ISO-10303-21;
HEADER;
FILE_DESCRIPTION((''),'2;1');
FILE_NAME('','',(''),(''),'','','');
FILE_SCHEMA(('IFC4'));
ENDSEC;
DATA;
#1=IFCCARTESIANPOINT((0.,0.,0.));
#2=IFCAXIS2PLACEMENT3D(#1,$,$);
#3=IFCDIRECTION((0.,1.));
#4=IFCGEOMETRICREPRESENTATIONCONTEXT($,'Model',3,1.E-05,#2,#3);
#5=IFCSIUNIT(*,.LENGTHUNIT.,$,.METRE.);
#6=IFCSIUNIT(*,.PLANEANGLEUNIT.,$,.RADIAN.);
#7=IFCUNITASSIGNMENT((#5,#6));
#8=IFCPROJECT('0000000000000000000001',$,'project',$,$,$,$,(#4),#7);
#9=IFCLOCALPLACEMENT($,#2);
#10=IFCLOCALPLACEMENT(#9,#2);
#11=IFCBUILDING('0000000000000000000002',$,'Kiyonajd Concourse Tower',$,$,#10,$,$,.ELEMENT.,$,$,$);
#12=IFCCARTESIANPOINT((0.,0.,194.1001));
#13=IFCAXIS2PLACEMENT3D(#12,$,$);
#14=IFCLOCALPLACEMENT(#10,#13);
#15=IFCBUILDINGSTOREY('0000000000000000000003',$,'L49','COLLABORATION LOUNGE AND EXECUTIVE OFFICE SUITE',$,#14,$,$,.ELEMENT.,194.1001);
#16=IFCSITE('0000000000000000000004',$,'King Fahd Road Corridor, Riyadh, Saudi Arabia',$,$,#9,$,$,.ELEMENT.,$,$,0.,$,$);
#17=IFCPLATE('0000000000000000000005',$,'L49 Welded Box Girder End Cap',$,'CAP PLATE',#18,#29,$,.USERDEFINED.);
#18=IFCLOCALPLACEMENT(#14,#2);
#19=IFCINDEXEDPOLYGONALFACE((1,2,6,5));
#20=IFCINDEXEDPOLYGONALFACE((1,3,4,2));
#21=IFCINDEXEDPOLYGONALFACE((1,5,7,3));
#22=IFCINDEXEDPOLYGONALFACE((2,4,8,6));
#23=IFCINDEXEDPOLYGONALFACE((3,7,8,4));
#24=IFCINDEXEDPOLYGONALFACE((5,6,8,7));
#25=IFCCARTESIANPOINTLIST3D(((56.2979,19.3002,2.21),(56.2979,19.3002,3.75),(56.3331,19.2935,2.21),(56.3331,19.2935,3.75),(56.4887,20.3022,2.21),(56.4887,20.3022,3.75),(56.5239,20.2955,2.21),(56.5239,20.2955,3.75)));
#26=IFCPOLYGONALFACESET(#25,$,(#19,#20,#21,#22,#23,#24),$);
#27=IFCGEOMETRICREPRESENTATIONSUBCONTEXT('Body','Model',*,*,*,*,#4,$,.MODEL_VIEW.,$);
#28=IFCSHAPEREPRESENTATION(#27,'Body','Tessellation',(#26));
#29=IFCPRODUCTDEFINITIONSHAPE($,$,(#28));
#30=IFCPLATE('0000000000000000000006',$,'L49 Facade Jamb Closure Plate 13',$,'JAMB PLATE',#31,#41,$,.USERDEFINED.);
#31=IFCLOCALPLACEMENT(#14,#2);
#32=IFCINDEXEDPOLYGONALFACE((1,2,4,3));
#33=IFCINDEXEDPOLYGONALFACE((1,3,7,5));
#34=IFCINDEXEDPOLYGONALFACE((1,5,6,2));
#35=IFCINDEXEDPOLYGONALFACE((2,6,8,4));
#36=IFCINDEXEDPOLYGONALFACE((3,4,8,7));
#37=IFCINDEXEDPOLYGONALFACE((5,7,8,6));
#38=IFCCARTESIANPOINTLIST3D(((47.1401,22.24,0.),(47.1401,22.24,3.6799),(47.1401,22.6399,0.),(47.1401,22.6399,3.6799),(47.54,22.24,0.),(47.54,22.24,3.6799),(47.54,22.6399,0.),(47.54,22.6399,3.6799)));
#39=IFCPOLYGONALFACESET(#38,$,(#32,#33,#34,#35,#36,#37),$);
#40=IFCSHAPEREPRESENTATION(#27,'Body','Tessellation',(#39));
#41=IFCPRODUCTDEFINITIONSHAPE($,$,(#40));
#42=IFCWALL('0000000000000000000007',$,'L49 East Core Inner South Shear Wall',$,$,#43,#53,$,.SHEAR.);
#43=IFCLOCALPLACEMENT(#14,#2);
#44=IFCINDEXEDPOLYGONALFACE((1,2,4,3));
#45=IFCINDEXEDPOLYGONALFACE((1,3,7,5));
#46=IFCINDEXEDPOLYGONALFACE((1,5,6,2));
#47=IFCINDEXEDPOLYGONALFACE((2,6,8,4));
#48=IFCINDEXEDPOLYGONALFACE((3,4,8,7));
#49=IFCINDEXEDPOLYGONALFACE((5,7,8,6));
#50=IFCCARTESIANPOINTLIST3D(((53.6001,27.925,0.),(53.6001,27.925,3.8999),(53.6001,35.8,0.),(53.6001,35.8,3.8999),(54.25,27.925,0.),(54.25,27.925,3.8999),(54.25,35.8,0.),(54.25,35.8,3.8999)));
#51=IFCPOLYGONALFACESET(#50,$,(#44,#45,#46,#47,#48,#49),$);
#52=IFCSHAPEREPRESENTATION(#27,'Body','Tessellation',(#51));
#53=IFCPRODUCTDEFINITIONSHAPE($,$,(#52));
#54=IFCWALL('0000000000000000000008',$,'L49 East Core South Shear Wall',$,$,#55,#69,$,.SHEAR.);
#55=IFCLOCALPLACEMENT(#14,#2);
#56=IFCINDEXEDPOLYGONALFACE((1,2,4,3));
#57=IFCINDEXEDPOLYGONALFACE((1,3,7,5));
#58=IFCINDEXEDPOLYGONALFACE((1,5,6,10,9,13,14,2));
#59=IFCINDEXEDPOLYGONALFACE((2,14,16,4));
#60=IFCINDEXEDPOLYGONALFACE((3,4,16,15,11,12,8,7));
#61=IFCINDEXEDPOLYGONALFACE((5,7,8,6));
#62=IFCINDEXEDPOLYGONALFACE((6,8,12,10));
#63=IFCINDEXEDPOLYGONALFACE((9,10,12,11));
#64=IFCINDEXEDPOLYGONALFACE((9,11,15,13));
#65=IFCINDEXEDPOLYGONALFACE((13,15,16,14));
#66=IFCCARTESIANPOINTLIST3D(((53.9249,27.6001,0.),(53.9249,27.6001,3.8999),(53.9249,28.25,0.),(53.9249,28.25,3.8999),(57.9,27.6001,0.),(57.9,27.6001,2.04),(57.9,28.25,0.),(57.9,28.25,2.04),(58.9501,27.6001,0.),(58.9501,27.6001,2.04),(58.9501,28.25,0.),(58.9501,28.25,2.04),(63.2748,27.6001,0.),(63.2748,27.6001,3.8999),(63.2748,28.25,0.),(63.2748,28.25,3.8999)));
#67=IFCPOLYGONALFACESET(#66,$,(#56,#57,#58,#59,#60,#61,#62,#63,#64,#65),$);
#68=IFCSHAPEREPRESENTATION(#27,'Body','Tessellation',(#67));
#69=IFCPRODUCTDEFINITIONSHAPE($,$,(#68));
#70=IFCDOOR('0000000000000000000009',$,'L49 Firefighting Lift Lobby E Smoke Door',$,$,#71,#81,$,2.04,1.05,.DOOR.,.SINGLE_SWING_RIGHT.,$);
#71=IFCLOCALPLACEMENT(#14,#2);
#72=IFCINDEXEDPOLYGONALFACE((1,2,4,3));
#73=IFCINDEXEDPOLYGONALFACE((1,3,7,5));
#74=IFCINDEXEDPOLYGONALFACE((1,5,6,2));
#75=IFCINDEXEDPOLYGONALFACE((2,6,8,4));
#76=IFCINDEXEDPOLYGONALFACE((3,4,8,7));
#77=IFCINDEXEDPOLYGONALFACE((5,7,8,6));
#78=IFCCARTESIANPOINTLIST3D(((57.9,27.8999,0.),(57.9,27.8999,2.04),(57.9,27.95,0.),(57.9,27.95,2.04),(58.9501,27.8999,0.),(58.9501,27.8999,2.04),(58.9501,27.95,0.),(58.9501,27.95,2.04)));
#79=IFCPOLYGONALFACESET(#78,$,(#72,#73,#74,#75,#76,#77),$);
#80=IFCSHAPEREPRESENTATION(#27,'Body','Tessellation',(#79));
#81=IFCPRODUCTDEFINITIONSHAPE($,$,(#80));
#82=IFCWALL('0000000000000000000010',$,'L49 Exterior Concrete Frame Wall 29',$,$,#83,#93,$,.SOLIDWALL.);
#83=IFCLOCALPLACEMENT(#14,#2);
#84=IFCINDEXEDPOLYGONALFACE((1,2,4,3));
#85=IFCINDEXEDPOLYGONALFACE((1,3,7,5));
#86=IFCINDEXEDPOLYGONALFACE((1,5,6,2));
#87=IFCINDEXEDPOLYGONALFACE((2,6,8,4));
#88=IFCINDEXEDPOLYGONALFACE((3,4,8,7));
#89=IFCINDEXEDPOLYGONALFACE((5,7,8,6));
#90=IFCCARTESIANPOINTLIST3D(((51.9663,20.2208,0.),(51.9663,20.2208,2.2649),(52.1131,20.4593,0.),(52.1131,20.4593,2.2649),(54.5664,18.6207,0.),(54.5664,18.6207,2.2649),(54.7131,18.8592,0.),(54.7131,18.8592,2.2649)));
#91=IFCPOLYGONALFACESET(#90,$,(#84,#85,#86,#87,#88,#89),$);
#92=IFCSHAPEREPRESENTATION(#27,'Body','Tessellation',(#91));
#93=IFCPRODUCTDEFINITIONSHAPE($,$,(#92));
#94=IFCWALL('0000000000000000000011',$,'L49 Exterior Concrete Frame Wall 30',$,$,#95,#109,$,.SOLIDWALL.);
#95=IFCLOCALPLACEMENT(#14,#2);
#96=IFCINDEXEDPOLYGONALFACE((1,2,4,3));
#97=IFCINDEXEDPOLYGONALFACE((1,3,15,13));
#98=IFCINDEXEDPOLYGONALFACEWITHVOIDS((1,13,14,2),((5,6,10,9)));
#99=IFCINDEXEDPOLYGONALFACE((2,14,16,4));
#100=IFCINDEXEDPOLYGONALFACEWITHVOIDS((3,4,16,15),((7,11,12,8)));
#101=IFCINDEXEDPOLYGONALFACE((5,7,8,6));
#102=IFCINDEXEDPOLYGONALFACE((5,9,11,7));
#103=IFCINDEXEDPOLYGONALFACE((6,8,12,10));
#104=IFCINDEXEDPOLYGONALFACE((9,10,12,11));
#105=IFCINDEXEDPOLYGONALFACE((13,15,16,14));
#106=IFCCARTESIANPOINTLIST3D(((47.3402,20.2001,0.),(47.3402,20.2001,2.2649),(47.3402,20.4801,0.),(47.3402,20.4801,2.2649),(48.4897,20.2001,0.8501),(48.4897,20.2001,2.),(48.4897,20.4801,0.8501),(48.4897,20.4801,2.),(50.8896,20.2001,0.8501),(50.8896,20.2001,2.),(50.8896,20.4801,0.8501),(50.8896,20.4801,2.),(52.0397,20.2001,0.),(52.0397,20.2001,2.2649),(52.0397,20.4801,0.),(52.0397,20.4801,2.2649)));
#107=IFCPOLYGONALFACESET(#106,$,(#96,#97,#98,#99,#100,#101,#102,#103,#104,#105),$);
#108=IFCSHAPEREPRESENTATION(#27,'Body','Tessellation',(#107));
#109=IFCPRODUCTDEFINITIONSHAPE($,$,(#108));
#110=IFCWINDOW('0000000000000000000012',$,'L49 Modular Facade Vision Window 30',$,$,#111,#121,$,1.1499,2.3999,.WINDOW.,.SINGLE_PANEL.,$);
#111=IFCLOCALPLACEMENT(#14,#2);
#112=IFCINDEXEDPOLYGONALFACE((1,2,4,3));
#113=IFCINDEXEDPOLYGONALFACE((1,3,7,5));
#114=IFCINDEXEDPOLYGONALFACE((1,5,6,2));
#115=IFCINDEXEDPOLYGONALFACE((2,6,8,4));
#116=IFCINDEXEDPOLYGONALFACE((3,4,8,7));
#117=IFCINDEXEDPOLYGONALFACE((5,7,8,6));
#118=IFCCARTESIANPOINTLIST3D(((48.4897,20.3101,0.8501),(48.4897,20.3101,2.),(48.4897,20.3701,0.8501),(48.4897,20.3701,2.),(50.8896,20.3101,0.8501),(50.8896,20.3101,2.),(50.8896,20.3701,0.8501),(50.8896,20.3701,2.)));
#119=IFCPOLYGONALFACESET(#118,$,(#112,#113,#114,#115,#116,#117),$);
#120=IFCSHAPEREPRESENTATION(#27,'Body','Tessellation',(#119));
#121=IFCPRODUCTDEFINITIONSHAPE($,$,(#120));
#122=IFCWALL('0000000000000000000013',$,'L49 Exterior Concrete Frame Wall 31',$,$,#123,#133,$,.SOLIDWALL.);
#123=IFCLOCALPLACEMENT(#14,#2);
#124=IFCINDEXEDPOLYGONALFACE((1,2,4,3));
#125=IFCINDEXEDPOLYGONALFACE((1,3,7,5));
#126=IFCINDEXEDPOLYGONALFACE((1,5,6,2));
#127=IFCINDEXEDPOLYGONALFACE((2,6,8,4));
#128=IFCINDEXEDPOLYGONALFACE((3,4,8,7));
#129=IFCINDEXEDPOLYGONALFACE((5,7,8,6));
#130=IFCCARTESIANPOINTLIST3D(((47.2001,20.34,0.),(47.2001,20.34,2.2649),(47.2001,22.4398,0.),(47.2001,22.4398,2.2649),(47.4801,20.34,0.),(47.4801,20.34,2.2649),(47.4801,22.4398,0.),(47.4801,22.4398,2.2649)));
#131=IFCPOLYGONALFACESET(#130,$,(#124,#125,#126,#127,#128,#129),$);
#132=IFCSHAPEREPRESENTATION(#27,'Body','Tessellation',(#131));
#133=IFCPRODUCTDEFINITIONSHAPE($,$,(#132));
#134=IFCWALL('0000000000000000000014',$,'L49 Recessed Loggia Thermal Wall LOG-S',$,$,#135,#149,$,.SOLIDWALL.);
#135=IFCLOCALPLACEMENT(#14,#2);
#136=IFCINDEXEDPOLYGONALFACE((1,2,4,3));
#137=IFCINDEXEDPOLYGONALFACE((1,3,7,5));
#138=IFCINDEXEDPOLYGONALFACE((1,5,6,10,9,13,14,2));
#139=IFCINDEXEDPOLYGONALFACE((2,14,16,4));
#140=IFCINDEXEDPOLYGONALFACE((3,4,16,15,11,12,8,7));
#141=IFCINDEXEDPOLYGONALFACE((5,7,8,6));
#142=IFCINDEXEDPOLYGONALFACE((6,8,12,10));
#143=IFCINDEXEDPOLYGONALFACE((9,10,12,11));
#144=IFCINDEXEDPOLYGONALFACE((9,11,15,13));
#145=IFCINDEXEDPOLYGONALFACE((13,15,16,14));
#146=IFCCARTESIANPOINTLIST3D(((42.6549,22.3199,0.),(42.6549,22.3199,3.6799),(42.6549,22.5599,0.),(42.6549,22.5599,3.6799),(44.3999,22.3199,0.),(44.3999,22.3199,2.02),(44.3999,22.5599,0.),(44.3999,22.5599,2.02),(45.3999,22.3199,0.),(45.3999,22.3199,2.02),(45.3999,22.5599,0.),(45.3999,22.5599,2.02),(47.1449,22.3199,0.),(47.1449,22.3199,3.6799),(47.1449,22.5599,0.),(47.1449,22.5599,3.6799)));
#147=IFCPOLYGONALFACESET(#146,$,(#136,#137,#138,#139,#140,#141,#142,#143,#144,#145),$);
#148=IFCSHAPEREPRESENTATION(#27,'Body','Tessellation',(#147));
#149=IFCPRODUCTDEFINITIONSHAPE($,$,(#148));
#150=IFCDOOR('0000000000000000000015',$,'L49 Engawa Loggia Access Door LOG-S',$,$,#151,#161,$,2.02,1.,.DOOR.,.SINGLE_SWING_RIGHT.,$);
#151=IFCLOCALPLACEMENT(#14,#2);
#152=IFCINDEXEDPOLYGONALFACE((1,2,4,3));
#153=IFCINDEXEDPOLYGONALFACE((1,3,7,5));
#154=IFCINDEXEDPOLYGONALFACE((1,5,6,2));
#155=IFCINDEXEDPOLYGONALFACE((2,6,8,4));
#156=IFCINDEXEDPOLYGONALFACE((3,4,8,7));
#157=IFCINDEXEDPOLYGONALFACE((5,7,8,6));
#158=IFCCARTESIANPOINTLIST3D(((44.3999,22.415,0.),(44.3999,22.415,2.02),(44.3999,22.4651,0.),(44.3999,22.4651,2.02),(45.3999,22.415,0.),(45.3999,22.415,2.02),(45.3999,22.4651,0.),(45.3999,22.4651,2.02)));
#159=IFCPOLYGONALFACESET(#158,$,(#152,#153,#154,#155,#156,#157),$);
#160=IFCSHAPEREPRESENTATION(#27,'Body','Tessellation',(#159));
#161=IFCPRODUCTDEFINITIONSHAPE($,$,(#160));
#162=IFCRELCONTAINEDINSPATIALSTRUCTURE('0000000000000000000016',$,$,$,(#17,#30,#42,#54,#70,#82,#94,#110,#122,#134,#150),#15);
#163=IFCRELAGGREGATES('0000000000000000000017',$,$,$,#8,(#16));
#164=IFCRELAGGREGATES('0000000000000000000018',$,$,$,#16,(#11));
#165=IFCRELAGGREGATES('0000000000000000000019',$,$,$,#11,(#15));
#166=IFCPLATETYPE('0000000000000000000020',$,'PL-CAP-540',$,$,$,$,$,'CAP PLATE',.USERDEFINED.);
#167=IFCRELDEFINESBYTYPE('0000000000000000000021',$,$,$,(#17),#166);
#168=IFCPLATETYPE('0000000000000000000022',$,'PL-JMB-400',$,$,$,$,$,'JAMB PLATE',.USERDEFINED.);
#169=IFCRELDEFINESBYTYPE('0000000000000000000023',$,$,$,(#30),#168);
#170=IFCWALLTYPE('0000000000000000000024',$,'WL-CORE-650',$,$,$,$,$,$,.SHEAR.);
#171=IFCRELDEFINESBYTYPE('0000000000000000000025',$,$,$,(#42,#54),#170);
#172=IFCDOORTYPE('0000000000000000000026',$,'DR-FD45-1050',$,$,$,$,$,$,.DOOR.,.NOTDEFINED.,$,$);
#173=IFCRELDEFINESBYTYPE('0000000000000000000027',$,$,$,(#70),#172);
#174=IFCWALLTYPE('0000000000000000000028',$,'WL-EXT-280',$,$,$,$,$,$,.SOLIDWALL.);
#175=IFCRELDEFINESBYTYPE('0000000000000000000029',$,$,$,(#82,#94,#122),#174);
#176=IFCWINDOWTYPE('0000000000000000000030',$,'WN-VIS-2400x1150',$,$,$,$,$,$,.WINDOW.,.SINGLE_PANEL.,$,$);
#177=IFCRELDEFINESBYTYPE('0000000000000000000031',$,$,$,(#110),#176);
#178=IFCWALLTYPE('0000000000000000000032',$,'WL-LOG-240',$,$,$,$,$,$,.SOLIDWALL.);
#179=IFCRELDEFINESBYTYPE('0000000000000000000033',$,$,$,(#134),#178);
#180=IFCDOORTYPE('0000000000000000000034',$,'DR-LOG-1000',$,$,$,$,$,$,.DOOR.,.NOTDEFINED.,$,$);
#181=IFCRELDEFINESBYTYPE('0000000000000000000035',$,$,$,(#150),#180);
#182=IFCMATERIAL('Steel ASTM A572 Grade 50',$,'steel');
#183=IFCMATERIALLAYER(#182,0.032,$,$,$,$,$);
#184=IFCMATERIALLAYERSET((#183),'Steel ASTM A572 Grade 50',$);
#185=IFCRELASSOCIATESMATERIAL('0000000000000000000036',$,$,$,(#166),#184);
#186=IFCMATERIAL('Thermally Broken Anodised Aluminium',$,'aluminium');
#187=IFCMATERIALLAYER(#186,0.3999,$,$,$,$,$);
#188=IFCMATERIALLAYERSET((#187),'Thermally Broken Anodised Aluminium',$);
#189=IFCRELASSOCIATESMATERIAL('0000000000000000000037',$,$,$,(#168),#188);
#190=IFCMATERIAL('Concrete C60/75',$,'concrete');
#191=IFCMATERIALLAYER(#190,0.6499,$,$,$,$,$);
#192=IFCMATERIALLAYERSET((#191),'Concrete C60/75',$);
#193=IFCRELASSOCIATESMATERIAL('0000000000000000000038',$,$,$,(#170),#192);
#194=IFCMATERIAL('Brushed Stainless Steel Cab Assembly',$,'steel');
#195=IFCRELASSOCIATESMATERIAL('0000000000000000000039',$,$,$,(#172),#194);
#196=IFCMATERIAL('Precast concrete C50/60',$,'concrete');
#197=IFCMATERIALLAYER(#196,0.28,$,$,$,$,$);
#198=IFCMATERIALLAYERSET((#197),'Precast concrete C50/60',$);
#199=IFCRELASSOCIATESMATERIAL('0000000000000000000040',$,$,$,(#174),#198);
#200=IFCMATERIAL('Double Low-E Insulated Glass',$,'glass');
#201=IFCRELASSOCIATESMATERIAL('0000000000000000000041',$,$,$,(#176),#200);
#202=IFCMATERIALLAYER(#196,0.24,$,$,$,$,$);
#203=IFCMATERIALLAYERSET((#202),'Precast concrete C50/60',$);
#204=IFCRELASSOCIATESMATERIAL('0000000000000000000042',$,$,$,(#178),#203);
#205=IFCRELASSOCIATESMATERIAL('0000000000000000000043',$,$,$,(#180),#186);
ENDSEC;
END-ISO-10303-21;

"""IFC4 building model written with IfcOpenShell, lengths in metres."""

from ifc_helpers import new_model, si_unit, direction, frame, frame_2d, origin, origin_2d, place, context, subcontext, project, spatial, rectangle, extrude, material, layer, layer_set, type_object, element, fill, save


model = new_model("IFC4")

# Units and contexts
model_context = context("Model", 3, precision=1e-05, world=origin(), true_north=direction((0.0, 1.0)))
body_context = subcontext(model_context, "Body", "Model", "MODEL_VIEW")
ifc_project = project(units=[si_unit("LENGTHUNIT", "METRE"), si_unit("PLANEANGLEUNIT", "RADIAN")], contexts=[model_context])

# Site, building, storey
site_placement = place(None, origin())
site = spatial("IfcSite", under=ifc_project, at=site_placement, Name="King Fahd Road Corridor, Riyadh, Saudi Arabia", CompositionType="ELEMENT", RefElevation=0.0)
building_placement = place(site_placement, origin())
building = spatial("IfcBuilding", under=site, at=building_placement, Name="Kiyonajd Concourse Tower", CompositionType="ELEMENT")
storey_placement = place(building_placement, frame((0.0, 0.0, 194.1001)))
storey = spatial("IfcBuildingStorey", under=building, at=storey_placement, Name="L49", Description="COLLABORATION LOUNGE AND EXECUTIVE OFFICE SUITE", CompositionType="ELEMENT", Elevation=194.1001)

# Shared definitions
ifc_material_1 = material(Name="Steel ASTM A572 Grade 50", Category="steel")

# Plates
ifc_layer_1 = layer(ifc_material_1, 0.032)
ifc_layer_set_1 = layer_set([ifc_layer_1], Name="Steel ASTM A572 Grade 50")
plate_type_1 = type_object("IfcPlateType", Name="PL-CAP-540", ElementType="CAP PLATE", PredefinedType="USERDEFINED", material=ifc_layer_set_1)
for number, where, z_axis, x_axis, name in (
    (1, (56.4109, 19.7979, 2.21), (0.0, 0.0, 1.0), (0.982353, -0.187038, 0.0), "L49 Welded Box Girder End Cap"),
):
    element("IfcPlate", number, at=place(storey_placement, frame(where, z_axis=z_axis, x_axis=x_axis)), inside=storey, type_object=plate_type_1, Name=name, ObjectType="CAP PLATE", PredefinedType="USERDEFINED", context=body_context, shape_type="SweptSolid", body=[
        extrude(rectangle(XDim=0.0359, YDim=1.02, at=origin_2d()), origin(), (0.0, 0.0, 1.0), 1.54),
    ])
ifc_material_2 = material(Name="Thermally Broken Anodised Aluminium", Category="aluminium")
ifc_layer_2 = layer(ifc_material_2, 0.3999)
ifc_layer_set_2 = layer_set([ifc_layer_2], Name="Thermally Broken Anodised Aluminium")
plate_type_2 = type_object("IfcPlateType", Name="PL-JMB-400", ElementType="JAMB PLATE", PredefinedType="USERDEFINED", material=ifc_layer_set_2)
plate_placement = place(storey_placement, frame((47.3401, 22.4399, 0.0), z_axis=(0.0, 0.0, 1.0), x_axis=(1.0, 0.0, 0.0)))
element("IfcPlate", 2, at=plate_placement, inside=storey, type_object=plate_type_2, Name="L49 Facade Jamb Closure Plate 13", ObjectType="JAMB PLATE", PredefinedType="USERDEFINED", context=body_context, shape_type="SweptSolid", body=[
    extrude(rectangle(XDim=0.3999, YDim=0.3999, at=origin_2d()), origin(), (0.0, 0.0, 1.0), 3.6799),
])

# Wall
ifc_material_3 = material(Name="Concrete C60/75", Category="concrete")
ifc_layer_3 = layer(ifc_material_3, 0.6499)
ifc_layer_set_3 = layer_set([ifc_layer_3], Name="Concrete C60/75")
wall_type_1 = type_object("IfcWallType", Name="WL-CORE-650", PredefinedType="SHEAR", material=ifc_layer_set_3)
wall_1_placement = place(storey_placement, frame((53.925, 27.925, 0.0), z_axis=(0.0, 0.0, 1.0), x_axis=(0.0, 1.0, 0.0)))
element("IfcWall", 3, at=wall_1_placement, inside=storey, type_object=wall_type_1, Name="L49 East Core Inner South Shear Wall", PredefinedType="SHEAR", context=body_context, shape_type="SweptSolid", body=[
    extrude(rectangle(XDim=7.875, YDim=0.6499, at=frame_2d((3.9375, 0.0))), origin(), (0.0, 0.0, 1.0), 3.8999),
])

# Wall, opening, door
wall_2_placement = place(storey_placement, frame((53.925, 27.925, 0.0), z_axis=(0.0, 0.0, 1.0), x_axis=(1.0, 0.0, 0.0)))
wall_2 = element("IfcWall", 4, at=wall_2_placement, inside=storey, type_object=wall_type_1, Name="L49 East Core South Shear Wall", PredefinedType="SHEAR", context=body_context, shape_type="SweptSolid", body=[
    extrude(rectangle(XDim=9.3499, YDim=0.6499, at=frame_2d((4.6748, 0.0))), origin(), (0.0, 0.0, 1.0), 3.8999),
])
opening_1_placement = place(wall_2_placement, frame((3.9751, 0.0, 0.0)))
opening_1 = element("IfcOpeningElement", 5, at=opening_1_placement, cuts=wall_2, PredefinedType="OPENING", context=body_context, shape_type="SweptSolid", body=[
    extrude(rectangle(XDim=1.05, YDim=2.04, at=frame_2d((0.5249, 1.02))), frame((0.0, 0.335, 0.0), z_axis=(0.0, -1.0, 0.0), x_axis=(1.0, 0.0, 0.0)), (0.0, 0.0, 1.0), 0.6699),
])
ifc_material_4 = material(Name="Brushed Stainless Steel Cab Assembly", Category="steel")
door_type_1 = type_object("IfcDoorType", Name="DR-FD45-1050", OperationType="NOTDEFINED", PredefinedType="DOOR", material=ifc_material_4)
door_1_placement = place(opening_1_placement, origin())
door_1 = element("IfcDoor", 6, at=door_1_placement, inside=storey, type_object=door_type_1, Name="L49 Firefighting Lift Lobby E Smoke Door", OperationType="SINGLE_SWING_RIGHT", OverallHeight=2.04, OverallWidth=1.05, PredefinedType="DOOR", context=body_context, shape_type="SweptSolid", body=[
    extrude(rectangle(XDim=1.05, YDim=2.04, at=frame_2d((0.5249, 1.02))), frame((0.0, 0.0249, 0.0), z_axis=(0.0, -1.0, 0.0), x_axis=(1.0, 0.0, 0.0)), (0.0, 0.0, 1.0), 0.05),
])
fill(opening_1, door_1)

# Wall
ifc_material_5 = material(Name="Precast concrete C50/60", Category="concrete")
ifc_layer_4 = layer(ifc_material_5, 0.28)
ifc_layer_set_4 = layer_set([ifc_layer_4], Name="Precast concrete C50/60")
wall_type_2 = type_object("IfcWallType", Name="WL-EXT-280", PredefinedType="SOLIDWALL", material=ifc_layer_set_4)
wall_3_placement = place(storey_placement, frame((54.6396, 18.74, 0.0), z_axis=(0.0, 0.0, 1.0), x_axis=(-0.851653, 0.524106, 0.0)))
element("IfcWall", 7, at=wall_3_placement, inside=storey, type_object=wall_type_2, Name="L49 Exterior Concrete Frame Wall 29", PredefinedType="SOLIDWALL", context=body_context, shape_type="SweptSolid", body=[
    extrude(rectangle(XDim=3.053, YDim=0.28, at=frame_2d((1.5264, 0.0))), origin(), (0.0, 0.0, 1.0), 2.2649),
])

# Wall, opening, window
wall_4_placement = place(storey_placement, frame((52.0396, 20.3401, 0.0), z_axis=(0.0, 0.0, 1.0), x_axis=(-1.0, 0.0, 0.0)))
wall_4 = element("IfcWall", 8, at=wall_4_placement, inside=storey, type_object=wall_type_2, Name="L49 Exterior Concrete Frame Wall 30", PredefinedType="SOLIDWALL", context=body_context, shape_type="SweptSolid", body=[
    extrude(rectangle(XDim=4.6995, YDim=0.28, at=frame_2d((2.3496, 0.0))), origin(), (0.0, 0.0, 1.0), 2.2649),
])
opening_2_placement = place(wall_4_placement, frame((1.1499, 0.0, 0.8501)))
opening_2 = element("IfcOpeningElement", 9, at=opening_2_placement, cuts=wall_4, PredefinedType="OPENING", context=body_context, shape_type="SweptSolid", body=[
    extrude(rectangle(XDim=2.3999, YDim=1.1499, at=frame_2d((1.2, 0.575))), frame((0.0, 0.1499, 0.0), z_axis=(0.0, -1.0, 0.0), x_axis=(1.0, 0.0, 0.0)), (0.0, 0.0, 1.0), 0.3),
])
ifc_material_6 = material(Name="Double Low-E Insulated Glass", Category="glass")
window_type = type_object("IfcWindowType", Name="WN-VIS-2400x1150", PartitioningType="SINGLE_PANEL", PredefinedType="WINDOW", material=ifc_material_6)
window_placement = place(opening_2_placement, origin())
window = element("IfcWindow", 10, at=window_placement, inside=storey, type_object=window_type, Name="L49 Modular Facade Vision Window 30", OverallHeight=1.1499, OverallWidth=2.3999, PartitioningType="SINGLE_PANEL", PredefinedType="WINDOW", context=body_context, shape_type="SweptSolid", body=[
    extrude(rectangle(XDim=2.3999, YDim=1.1499, at=frame_2d((1.2, 0.575))), frame((0.0, 0.03, 0.0), z_axis=(0.0, -1.0, 0.0), x_axis=(1.0, 0.0, 0.0)), (0.0, 0.0, 1.0), 0.0601),
])
fill(opening_2, window)

# Wall
wall_5_placement = place(storey_placement, frame((47.3401, 20.3401, 0.0), z_axis=(0.0, 0.0, 1.0), x_axis=(0.0, 1.0, 0.0)))
element("IfcWall", 11, at=wall_5_placement, inside=storey, type_object=wall_type_2, Name="L49 Exterior Concrete Frame Wall 31", PredefinedType="SOLIDWALL", context=body_context, shape_type="SweptSolid", body=[
    extrude(rectangle(XDim=2.0999, YDim=0.28, at=frame_2d((1.0498, 0.0))), origin(), (0.0, 0.0, 1.0), 2.2649),
])

# Wall, opening, door
ifc_layer_5 = layer(ifc_material_5, 0.24)
ifc_layer_set_5 = layer_set([ifc_layer_5], Name="Precast concrete C50/60")
wall_type_3 = type_object("IfcWallType", Name="WL-LOG-240", PredefinedType="SOLIDWALL", material=ifc_layer_set_5)
wall_6_placement = place(storey_placement, frame((47.145, 22.4399, 0.0), z_axis=(0.0, 0.0, 1.0), x_axis=(-1.0, 0.0, 0.0)))
wall_6 = element("IfcWall", 12, at=wall_6_placement, inside=storey, type_object=wall_type_3, Name="L49 Recessed Loggia Thermal Wall LOG-S", PredefinedType="SOLIDWALL", context=body_context, shape_type="SweptSolid", body=[
    extrude(rectangle(XDim=4.49, YDim=0.24, at=frame_2d((2.2451, 0.0))), origin(), (0.0, 0.0, 1.0), 3.6799),
])
opening_3_placement = place(wall_6_placement, frame((1.7451, 0.0, 0.0)))
opening_3 = element("IfcOpeningElement", 13, at=opening_3_placement, cuts=wall_6, PredefinedType="OPENING", context=body_context, shape_type="SweptSolid", body=[
    extrude(rectangle(XDim=1.0, YDim=2.02, at=frame_2d((0.5, 1.01))), frame((0.0, 0.1299, 0.0), z_axis=(0.0, -1.0, 0.0), x_axis=(1.0, 0.0, 0.0)), (0.0, 0.0, 1.0), 0.26),
])
door_type_2 = type_object("IfcDoorType", Name="DR-LOG-1000", OperationType="NOTDEFINED", PredefinedType="DOOR", material=ifc_material_2)
door_2_placement = place(opening_3_placement, origin())
door_2 = element("IfcDoor", 14, at=door_2_placement, inside=storey, type_object=door_type_2, Name="L49 Engawa Loggia Access Door LOG-S", OperationType="SINGLE_SWING_RIGHT", OverallHeight=2.02, OverallWidth=1.0, PredefinedType="DOOR", context=body_context, shape_type="SweptSolid", body=[
    extrude(rectangle(XDim=1.0, YDim=2.02, at=frame_2d((0.5, 1.01))), frame((0.0, 0.0249, 0.0), z_axis=(0.0, -1.0, 0.0), x_axis=(1.0, 0.0, 0.0)), (0.0, 0.0, 1.0), 0.05),
])
fill(opening_3, door_2)

save(model, "model.ifc")
